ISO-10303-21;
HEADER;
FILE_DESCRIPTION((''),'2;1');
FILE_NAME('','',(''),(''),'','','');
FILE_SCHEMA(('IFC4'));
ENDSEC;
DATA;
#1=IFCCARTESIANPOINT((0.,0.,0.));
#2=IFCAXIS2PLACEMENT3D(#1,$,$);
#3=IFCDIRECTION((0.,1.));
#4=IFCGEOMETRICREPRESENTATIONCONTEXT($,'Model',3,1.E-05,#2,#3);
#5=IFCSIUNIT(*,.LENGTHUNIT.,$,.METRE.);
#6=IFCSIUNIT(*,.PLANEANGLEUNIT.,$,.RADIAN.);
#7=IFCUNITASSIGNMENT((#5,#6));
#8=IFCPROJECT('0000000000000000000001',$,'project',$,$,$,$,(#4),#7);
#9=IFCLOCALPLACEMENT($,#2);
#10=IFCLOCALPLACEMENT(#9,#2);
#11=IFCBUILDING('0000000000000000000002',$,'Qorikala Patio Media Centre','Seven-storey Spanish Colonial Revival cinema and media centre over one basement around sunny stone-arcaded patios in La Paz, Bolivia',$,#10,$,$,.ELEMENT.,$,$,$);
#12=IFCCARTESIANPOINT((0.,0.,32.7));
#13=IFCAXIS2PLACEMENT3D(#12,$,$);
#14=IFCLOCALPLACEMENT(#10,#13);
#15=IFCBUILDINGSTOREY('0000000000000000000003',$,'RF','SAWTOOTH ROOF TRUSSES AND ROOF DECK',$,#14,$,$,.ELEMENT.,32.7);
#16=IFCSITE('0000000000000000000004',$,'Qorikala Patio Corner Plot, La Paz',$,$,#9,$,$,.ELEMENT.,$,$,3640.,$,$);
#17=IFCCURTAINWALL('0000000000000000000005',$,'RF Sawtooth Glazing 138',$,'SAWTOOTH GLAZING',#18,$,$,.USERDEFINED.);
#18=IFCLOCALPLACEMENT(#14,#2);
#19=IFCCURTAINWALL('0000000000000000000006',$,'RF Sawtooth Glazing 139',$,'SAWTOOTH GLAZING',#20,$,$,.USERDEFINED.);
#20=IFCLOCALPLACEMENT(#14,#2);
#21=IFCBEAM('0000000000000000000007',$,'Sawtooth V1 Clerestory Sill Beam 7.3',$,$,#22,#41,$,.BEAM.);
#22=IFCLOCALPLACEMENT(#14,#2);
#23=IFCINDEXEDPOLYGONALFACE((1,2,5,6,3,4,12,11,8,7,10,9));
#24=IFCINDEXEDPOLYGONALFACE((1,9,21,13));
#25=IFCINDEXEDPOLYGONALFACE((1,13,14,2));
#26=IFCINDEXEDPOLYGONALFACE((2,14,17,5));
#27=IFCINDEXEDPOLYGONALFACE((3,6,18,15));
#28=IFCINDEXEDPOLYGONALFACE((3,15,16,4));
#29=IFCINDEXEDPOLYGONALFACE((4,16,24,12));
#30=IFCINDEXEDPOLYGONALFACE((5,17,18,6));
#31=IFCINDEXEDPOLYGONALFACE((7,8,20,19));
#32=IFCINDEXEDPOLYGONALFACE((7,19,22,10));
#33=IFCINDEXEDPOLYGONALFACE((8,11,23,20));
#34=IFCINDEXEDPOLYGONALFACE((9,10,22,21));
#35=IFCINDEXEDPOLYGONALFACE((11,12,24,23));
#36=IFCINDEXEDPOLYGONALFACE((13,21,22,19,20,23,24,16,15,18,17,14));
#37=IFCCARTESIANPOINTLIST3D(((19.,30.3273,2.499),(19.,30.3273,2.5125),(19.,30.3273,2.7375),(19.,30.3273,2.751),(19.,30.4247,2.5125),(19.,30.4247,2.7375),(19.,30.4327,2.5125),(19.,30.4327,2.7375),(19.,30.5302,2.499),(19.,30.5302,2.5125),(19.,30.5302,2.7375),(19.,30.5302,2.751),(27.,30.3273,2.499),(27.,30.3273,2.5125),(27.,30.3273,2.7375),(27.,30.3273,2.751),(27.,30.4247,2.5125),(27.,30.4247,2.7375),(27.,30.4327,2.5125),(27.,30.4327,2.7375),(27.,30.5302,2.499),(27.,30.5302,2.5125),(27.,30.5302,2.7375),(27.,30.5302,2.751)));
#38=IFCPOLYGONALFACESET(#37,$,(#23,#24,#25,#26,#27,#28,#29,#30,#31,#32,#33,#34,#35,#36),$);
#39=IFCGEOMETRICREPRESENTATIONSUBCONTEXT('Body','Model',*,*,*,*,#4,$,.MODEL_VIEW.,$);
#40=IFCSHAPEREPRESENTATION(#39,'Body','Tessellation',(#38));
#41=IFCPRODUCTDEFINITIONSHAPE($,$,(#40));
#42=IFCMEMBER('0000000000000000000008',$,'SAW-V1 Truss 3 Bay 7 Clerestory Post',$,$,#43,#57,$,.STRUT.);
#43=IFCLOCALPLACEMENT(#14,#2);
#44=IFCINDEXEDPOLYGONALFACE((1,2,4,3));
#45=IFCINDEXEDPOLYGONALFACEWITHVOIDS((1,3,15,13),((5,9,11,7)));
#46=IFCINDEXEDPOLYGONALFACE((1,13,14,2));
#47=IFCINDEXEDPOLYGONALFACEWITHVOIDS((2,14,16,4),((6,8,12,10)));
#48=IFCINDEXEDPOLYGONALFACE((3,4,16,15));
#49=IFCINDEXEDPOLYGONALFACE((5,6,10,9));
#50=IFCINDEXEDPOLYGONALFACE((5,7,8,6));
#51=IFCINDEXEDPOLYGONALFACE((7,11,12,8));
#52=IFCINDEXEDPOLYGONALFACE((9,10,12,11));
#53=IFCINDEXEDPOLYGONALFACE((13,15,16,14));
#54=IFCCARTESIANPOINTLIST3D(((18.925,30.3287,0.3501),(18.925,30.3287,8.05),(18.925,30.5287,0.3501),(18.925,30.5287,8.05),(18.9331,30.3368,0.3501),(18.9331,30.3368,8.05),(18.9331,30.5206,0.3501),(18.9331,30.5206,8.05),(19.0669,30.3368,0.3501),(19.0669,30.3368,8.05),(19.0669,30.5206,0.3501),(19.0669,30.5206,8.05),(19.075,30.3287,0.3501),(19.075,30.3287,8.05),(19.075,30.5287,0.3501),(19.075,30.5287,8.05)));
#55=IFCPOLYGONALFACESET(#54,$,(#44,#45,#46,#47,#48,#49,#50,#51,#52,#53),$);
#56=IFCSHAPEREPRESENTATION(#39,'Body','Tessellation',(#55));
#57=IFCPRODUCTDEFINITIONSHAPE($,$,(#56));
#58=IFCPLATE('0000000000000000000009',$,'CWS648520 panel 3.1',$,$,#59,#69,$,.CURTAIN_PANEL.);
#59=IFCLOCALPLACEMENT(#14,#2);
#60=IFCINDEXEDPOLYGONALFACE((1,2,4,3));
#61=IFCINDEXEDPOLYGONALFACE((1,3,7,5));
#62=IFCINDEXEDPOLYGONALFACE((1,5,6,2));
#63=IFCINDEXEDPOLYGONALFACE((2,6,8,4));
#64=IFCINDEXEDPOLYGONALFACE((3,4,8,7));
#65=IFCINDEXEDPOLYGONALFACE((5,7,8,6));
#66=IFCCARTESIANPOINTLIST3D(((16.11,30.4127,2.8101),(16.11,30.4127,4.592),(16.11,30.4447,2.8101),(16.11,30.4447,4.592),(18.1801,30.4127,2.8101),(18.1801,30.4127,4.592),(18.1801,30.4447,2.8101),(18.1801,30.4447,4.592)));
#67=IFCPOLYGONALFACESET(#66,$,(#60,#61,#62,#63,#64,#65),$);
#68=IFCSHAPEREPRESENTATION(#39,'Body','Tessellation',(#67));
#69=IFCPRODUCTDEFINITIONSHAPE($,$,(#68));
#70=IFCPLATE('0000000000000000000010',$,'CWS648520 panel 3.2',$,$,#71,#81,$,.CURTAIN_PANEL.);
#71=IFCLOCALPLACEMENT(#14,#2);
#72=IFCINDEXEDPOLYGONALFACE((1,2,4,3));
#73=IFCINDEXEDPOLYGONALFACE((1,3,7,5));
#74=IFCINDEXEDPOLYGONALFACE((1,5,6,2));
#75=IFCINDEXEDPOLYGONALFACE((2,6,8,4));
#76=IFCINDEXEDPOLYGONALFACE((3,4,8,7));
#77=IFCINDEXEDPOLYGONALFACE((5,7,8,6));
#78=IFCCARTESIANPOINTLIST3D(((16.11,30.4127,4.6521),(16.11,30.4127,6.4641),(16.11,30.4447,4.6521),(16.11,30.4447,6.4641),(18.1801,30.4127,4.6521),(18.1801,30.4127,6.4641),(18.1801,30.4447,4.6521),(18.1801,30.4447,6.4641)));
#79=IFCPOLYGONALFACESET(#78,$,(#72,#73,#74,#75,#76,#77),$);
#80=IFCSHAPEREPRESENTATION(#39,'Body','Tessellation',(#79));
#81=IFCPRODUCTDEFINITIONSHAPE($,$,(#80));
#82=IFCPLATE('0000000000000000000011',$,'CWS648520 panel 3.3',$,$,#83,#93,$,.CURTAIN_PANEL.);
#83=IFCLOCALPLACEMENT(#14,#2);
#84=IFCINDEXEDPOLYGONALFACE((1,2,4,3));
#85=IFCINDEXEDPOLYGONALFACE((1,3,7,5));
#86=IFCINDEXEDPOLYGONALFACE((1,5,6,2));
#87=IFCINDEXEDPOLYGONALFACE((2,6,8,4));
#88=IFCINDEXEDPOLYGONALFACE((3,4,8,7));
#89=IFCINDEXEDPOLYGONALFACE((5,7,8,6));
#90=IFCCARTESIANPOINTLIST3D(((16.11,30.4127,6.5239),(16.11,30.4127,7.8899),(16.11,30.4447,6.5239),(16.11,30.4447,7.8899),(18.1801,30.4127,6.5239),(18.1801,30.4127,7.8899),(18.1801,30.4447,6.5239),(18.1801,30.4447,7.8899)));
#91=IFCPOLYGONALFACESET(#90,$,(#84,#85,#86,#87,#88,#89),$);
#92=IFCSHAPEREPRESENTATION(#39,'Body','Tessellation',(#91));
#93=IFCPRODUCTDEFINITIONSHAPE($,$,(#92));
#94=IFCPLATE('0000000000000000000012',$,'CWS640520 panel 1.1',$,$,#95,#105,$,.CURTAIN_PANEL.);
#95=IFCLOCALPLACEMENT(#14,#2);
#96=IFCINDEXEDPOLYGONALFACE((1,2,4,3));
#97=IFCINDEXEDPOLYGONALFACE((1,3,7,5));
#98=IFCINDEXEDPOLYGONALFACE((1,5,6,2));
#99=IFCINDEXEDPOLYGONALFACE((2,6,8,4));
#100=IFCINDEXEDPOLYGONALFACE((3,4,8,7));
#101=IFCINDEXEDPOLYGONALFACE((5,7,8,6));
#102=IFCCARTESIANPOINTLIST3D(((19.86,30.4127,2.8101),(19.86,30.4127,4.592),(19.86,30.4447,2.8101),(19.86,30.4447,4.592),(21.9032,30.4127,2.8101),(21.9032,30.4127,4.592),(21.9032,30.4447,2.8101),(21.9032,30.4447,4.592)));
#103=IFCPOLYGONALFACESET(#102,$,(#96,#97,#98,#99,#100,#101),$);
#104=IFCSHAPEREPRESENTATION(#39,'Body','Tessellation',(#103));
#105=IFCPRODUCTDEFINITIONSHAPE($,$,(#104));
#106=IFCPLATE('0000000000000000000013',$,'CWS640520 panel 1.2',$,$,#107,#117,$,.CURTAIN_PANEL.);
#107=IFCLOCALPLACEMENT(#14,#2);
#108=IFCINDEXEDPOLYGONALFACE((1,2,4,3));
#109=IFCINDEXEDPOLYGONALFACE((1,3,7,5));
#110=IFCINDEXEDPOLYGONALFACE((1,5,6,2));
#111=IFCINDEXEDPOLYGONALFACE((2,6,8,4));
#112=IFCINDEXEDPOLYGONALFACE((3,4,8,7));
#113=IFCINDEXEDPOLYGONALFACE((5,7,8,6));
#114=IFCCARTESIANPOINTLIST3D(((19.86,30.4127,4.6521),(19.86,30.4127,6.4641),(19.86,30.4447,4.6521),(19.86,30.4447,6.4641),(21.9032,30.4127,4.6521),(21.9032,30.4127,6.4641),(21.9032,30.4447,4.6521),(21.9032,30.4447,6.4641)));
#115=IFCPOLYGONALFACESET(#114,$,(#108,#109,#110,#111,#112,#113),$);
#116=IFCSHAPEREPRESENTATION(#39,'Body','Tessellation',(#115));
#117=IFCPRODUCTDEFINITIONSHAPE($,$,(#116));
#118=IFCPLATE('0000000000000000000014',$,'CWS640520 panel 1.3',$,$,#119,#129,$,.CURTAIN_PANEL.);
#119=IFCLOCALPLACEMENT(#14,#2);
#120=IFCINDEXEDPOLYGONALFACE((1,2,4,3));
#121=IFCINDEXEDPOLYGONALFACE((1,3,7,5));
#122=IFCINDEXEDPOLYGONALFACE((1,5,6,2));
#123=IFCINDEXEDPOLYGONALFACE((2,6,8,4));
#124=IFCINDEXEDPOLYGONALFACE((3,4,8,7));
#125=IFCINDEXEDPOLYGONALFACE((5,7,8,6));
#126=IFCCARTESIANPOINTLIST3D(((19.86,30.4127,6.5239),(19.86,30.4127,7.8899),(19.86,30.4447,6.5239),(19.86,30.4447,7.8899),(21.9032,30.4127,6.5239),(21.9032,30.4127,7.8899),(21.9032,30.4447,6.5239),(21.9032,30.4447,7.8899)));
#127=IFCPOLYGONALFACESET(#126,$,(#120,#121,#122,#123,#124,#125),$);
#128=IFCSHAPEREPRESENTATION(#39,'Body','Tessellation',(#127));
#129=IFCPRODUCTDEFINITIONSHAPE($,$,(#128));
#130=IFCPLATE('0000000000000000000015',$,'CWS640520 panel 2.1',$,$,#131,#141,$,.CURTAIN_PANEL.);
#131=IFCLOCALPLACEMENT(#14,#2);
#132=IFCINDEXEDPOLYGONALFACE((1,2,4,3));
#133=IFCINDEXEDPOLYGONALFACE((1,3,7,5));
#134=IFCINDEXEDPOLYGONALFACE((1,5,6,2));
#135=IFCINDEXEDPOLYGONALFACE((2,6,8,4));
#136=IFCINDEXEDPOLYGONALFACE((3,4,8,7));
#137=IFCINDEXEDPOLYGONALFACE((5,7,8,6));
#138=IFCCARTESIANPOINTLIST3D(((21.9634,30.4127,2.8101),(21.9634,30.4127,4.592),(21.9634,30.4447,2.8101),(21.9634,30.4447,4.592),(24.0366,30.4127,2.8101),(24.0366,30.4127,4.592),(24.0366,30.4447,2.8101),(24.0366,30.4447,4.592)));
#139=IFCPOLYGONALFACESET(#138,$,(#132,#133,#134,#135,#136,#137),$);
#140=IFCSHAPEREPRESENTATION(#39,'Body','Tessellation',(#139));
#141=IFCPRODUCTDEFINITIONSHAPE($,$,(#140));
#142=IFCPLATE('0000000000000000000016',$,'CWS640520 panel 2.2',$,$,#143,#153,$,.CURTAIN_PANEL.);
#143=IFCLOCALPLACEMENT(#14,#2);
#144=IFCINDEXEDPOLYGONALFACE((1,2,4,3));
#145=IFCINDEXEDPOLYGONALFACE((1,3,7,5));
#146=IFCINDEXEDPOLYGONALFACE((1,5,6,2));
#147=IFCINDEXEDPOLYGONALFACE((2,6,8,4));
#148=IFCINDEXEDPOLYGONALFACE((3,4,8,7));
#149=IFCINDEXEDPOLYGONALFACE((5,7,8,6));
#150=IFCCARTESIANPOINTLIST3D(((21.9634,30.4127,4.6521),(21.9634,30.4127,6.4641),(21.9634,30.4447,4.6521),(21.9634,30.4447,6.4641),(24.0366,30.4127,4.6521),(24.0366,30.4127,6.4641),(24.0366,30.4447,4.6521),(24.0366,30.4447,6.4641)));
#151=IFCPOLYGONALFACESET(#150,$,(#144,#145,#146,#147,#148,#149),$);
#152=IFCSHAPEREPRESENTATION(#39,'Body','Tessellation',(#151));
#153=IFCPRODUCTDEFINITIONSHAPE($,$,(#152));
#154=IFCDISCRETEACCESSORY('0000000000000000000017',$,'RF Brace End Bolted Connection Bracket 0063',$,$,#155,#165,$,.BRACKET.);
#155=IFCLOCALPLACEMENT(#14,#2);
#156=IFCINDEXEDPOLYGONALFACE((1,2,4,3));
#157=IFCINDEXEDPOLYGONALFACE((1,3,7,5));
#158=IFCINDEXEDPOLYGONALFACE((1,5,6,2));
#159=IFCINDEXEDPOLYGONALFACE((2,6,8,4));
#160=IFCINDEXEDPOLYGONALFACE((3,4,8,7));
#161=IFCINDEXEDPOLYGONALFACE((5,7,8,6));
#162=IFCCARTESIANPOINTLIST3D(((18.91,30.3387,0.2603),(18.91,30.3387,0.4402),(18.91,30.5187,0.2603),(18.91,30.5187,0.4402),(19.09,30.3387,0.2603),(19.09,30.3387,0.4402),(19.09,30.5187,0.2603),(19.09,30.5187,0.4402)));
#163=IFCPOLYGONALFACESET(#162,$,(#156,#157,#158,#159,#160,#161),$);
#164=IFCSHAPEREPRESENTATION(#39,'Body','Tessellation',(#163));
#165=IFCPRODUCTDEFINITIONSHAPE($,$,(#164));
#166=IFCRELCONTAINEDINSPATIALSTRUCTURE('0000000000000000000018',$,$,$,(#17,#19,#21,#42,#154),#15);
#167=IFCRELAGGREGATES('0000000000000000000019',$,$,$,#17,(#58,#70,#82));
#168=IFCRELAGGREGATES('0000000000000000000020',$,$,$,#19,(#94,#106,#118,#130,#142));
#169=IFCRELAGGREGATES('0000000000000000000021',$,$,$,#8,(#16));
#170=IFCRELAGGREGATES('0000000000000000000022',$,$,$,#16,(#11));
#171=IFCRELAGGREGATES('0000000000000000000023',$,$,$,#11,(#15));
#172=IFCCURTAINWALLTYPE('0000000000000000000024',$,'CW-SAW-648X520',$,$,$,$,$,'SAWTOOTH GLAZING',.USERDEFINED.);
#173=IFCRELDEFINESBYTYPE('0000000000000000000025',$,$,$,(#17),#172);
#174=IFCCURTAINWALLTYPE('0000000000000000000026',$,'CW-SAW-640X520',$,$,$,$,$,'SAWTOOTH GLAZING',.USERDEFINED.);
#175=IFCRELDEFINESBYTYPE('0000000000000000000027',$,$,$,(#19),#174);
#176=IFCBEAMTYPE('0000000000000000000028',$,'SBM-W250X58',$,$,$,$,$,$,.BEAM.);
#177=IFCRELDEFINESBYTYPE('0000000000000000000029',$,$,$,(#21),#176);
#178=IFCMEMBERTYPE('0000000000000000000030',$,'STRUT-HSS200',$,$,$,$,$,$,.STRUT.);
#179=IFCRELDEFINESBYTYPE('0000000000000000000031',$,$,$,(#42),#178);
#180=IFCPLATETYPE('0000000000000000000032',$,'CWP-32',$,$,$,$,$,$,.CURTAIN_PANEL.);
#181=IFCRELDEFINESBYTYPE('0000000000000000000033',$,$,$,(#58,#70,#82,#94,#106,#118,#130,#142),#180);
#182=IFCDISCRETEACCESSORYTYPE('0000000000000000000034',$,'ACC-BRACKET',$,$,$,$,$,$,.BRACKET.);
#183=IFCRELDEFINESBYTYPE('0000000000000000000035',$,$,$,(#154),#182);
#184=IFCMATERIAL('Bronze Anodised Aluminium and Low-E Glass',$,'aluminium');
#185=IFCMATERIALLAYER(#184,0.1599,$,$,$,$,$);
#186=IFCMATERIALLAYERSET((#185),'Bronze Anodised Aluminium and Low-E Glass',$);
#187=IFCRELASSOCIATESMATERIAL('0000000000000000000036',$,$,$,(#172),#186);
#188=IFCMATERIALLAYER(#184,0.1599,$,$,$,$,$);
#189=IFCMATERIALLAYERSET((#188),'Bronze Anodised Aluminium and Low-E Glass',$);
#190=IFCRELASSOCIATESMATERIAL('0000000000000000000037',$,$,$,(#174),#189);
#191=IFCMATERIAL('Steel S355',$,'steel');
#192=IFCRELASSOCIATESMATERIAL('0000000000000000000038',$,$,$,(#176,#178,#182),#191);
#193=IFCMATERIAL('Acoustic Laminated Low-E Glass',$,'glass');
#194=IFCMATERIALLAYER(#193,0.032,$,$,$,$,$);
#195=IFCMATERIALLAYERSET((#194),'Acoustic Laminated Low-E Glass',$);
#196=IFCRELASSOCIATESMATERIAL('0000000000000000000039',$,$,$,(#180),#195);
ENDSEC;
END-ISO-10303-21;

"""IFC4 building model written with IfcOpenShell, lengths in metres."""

from ifc_helpers import new_model, si_unit, direction, frame, origin, origin_2d, place, context, subcontext, project, spatial, rectangle, hollow_rectangle, i_section, extrude, material, layer, layer_set, material_profile, profile_set, type_object, element, aggregate, save


model = new_model("IFC4")

# Units and contexts
model_context = context("Model", 3, precision=1e-05, world=origin(), true_north=direction((0.0, 1.0)))
body_context = subcontext(model_context, "Body", "Model", "MODEL_VIEW")
ifc_project = project(units=[si_unit("LENGTHUNIT", "METRE"), si_unit("PLANEANGLEUNIT", "RADIAN")], contexts=[model_context])

# Site, building, storey
site_placement = place(None, origin())
site = spatial("IfcSite", under=ifc_project, at=site_placement, Name="Qorikala Patio Corner Plot, La Paz", CompositionType="ELEMENT", RefElevation=3640.0)
building_placement = place(site_placement, origin())
building = spatial("IfcBuilding", under=site, at=building_placement, Name="Qorikala Patio Media Centre", Description="Seven-storey Spanish Colonial Revival cinema and media centre over one basement around sunny stone-arcaded patios in La Paz, Bolivia", CompositionType="ELEMENT")
storey_placement = place(building_placement, frame((0.0, 0.0, 32.7)))
storey = spatial("IfcBuildingStorey", under=building, at=storey_placement, Name="RF", Description="SAWTOOTH ROOF TRUSSES AND ROOF DECK", CompositionType="ELEMENT", Elevation=32.7)

# Shared definitions
ifc_material_1 = material(Name="Steel S355", Category="steel")

# Curtain wall
ifc_material_2 = material(Name="Bronze Anodised Aluminium and Low-E Glass", Category="aluminium")
ifc_layer_1 = layer(ifc_material_2, 0.1599)
ifc_layer_set_1 = layer_set([ifc_layer_1], Name="Bronze Anodised Aluminium and Low-E Glass")
curtain_wall_type_1 = type_object("IfcCurtainWallType", Name="CW-SAW-648X520", ElementType="SAWTOOTH GLAZING", PredefinedType="USERDEFINED", material=ifc_layer_set_1)
curtain_wall_1_placement = place(storey_placement, origin())
curtain_wall_1 = element("IfcCurtainWall", 1, at=curtain_wall_1_placement, inside=storey, type_object=curtain_wall_type_1, Name="RF Sawtooth Glazing 138", ObjectType="SAWTOOTH GLAZING", PredefinedType="USERDEFINED")

# Curtain wall
ifc_layer_2 = layer(ifc_material_2, 0.1599)
ifc_layer_set_2 = layer_set([ifc_layer_2], Name="Bronze Anodised Aluminium and Low-E Glass")
curtain_wall_type_2 = type_object("IfcCurtainWallType", Name="CW-SAW-640X520", ElementType="SAWTOOTH GLAZING", PredefinedType="USERDEFINED", material=ifc_layer_set_2)
curtain_wall_2_placement = place(storey_placement, origin())
curtain_wall_2 = element("IfcCurtainWall", 2, at=curtain_wall_2_placement, inside=storey, type_object=curtain_wall_type_2, Name="RF Sawtooth Glazing 139", ObjectType="SAWTOOTH GLAZING", PredefinedType="USERDEFINED")

# Beam
ifc_material_profile_1 = material_profile(ifc_material_1, i_section(OverallWidth=0.2029, OverallDepth=0.252, WebThickness=0.0081, FlangeThickness=0.0134, at=origin_2d()), Name="W250X58")
ifc_profile_set_1 = profile_set([ifc_material_profile_1], Name="Steel S355")
beam_type = type_object("IfcBeamType", Name="SBM-W250X58", PredefinedType="BEAM", material=ifc_profile_set_1)
beam_placement = place(storey_placement, frame((19.0, 30.4287, 2.625), z_axis=(1.0, 0.0, 0.0), x_axis=(0.0, 1.0, 0.0)))
element("IfcBeam", 3, at=beam_placement, inside=storey, type_object=beam_type, Name="Sawtooth V1 Clerestory Sill Beam 7.3", PredefinedType="BEAM", context=body_context, shape_type="SweptSolid", body=[
    extrude(i_section(OverallWidth=0.2029, OverallDepth=0.252, WebThickness=0.0081, FlangeThickness=0.0134, at=origin_2d()), origin(), (0.0, 0.0, 1.0), 8.0),
])

# Member
ifc_material_profile_2 = material_profile(ifc_material_1, hollow_rectangle(XDim=0.1499, YDim=0.2, WallThickness=0.0081, at=origin_2d()), Name="HSS200X150X8")
ifc_profile_set_2 = profile_set([ifc_material_profile_2], Name="Steel S355")
member_type_1 = type_object("IfcMemberType", Name="STRUT-HSS200", PredefinedType="STRUT", material=ifc_profile_set_2)
member_1_placement = place(storey_placement, frame((19.0, 30.4287, 0.3501), z_axis=(0.0, 0.0, 1.0), x_axis=(1.0, 0.0, 0.0)))
element("IfcMember", 4, at=member_1_placement, inside=storey, type_object=member_type_1, Name="SAW-V1 Truss 3 Bay 7 Clerestory Post", PredefinedType="STRUT", context=body_context, shape_type="SweptSolid", body=[
    extrude(hollow_rectangle(XDim=0.1499, YDim=0.2, WallThickness=0.0081, at=origin_2d()), origin(), (0.0, 0.0, 1.0), 7.7),
])

# Plates
ifc_material_3 = material(Name="Acoustic Laminated Low-E Glass", Category="glass")
ifc_layer_3 = layer(ifc_material_3, 0.032)
ifc_layer_set_3 = layer_set([ifc_layer_3], Name="Acoustic Laminated Low-E Glass")
plate_type = type_object("IfcPlateType", Name="CWP-32", PredefinedType="CURTAIN_PANEL", material=ifc_layer_set_3)
plate_1_placement = place(storey_placement, frame((17.145, 30.4287, 2.8101), z_axis=(0.0, 0.0, 1.0), x_axis=(1.0, 0.0, 0.0)))
plate_1 = element("IfcPlate", 5, at=plate_1_placement, type_object=plate_type, Name="CWS648520 panel 3.1", PredefinedType="CURTAIN_PANEL", context=body_context, shape_type="SweptSolid", body=[
    extrude(rectangle(XDim=2.0701, YDim=0.032, at=origin_2d()), origin(), (0.0, 0.0, 1.0), 1.782),
])
plate_2_placement = place(storey_placement, frame((17.145, 30.4287, 4.6521), z_axis=(0.0, 0.0, 1.0), x_axis=(1.0, 0.0, 0.0)))
plate_2 = element("IfcPlate", 6, at=plate_2_placement, type_object=plate_type, Name="CWS648520 panel 3.2", PredefinedType="CURTAIN_PANEL", context=body_context, shape_type="SweptSolid", body=[
    extrude(rectangle(XDim=2.0701, YDim=0.032, at=origin_2d()), origin(), (0.0, 0.0, 1.0), 1.812),
])
plate_3_placement = place(storey_placement, frame((17.145, 30.4287, 6.5239), z_axis=(0.0, 0.0, 1.0), x_axis=(1.0, 0.0, 0.0)))
plate_3 = element("IfcPlate", 7, at=plate_3_placement, type_object=plate_type, Name="CWS648520 panel 3.3", PredefinedType="CURTAIN_PANEL", context=body_context, shape_type="SweptSolid", body=[
    extrude(rectangle(XDim=2.0701, YDim=0.032, at=origin_2d()), origin(), (0.0, 0.0, 1.0), 1.366),
])
aggregate(curtain_wall_1, [plate_1, plate_2, plate_3])
plate_4_placement = place(storey_placement, frame((20.8816, 30.4287, 2.8101), z_axis=(0.0, 0.0, 1.0), x_axis=(1.0, 0.0, 0.0)))
plate_4 = element("IfcPlate", 8, at=plate_4_placement, type_object=plate_type, Name="CWS640520 panel 1.1", PredefinedType="CURTAIN_PANEL", context=body_context, shape_type="SweptSolid", body=[
    extrude(rectangle(XDim=2.0432, YDim=0.032, at=origin_2d()), origin(), (0.0, 0.0, 1.0), 1.782),
])
plate_5_placement = place(storey_placement, frame((20.8816, 30.4287, 4.6521), z_axis=(0.0, 0.0, 1.0), x_axis=(1.0, 0.0, 0.0)))
plate_5 = element("IfcPlate", 9, at=plate_5_placement, type_object=plate_type, Name="CWS640520 panel 1.2", PredefinedType="CURTAIN_PANEL", context=body_context, shape_type="SweptSolid", body=[
    extrude(rectangle(XDim=2.0432, YDim=0.032, at=origin_2d()), origin(), (0.0, 0.0, 1.0), 1.812),
])
plate_6_placement = place(storey_placement, frame((20.8816, 30.4287, 6.5239), z_axis=(0.0, 0.0, 1.0), x_axis=(1.0, 0.0, 0.0)))
plate_6 = element("IfcPlate", 10, at=plate_6_placement, type_object=plate_type, Name="CWS640520 panel 1.3", PredefinedType="CURTAIN_PANEL", context=body_context, shape_type="SweptSolid", body=[
    extrude(rectangle(XDim=2.0432, YDim=0.032, at=origin_2d()), origin(), (0.0, 0.0, 1.0), 1.366),
])
plate_7_placement = place(storey_placement, frame((23.0, 30.4287, 2.8101), z_axis=(0.0, 0.0, 1.0), x_axis=(1.0, 0.0, 0.0)))
plate_7 = element("IfcPlate", 11, at=plate_7_placement, type_object=plate_type, Name="CWS640520 panel 2.1", PredefinedType="CURTAIN_PANEL", context=body_context, shape_type="SweptSolid", body=[
    extrude(rectangle(XDim=2.0732, YDim=0.032, at=origin_2d()), origin(), (0.0, 0.0, 1.0), 1.782),
])
plate_8_placement = place(storey_placement, frame((23.0, 30.4287, 4.6521), z_axis=(0.0, 0.0, 1.0), x_axis=(1.0, 0.0, 0.0)))
plate_8 = element("IfcPlate", 12, at=plate_8_placement, type_object=plate_type, Name="CWS640520 panel 2.2", PredefinedType="CURTAIN_PANEL", context=body_context, shape_type="SweptSolid", body=[
    extrude(rectangle(XDim=2.0732, YDim=0.032, at=origin_2d()), origin(), (0.0, 0.0, 1.0), 1.812),
])
aggregate(curtain_wall_2, [plate_4, plate_5, plate_6, plate_7, plate_8])

# Discrete accessory
discrete_accessory_type = type_object("IfcDiscreteAccessoryType", Name="ACC-BRACKET", PredefinedType="BRACKET", material=ifc_material_1)
discrete_accessory_placement = place(storey_placement, frame((19.0, 30.4287, 0.2603), z_axis=(0.0, 0.0, 1.0), x_axis=(1.0, 0.0, 0.0)))
element("IfcDiscreteAccessory", 13, at=discrete_accessory_placement, inside=storey, type_object=discrete_accessory_type, Name="RF Brace End Bolted Connection Bracket 0063", PredefinedType="BRACKET", context=body_context, shape_type="SweptSolid", body=[
    extrude(rectangle(XDim=0.1799, YDim=0.1799, at=origin_2d()), origin(), (0.0, 0.0, 1.0), 0.1799),
])

save(model, "model.ifc")
